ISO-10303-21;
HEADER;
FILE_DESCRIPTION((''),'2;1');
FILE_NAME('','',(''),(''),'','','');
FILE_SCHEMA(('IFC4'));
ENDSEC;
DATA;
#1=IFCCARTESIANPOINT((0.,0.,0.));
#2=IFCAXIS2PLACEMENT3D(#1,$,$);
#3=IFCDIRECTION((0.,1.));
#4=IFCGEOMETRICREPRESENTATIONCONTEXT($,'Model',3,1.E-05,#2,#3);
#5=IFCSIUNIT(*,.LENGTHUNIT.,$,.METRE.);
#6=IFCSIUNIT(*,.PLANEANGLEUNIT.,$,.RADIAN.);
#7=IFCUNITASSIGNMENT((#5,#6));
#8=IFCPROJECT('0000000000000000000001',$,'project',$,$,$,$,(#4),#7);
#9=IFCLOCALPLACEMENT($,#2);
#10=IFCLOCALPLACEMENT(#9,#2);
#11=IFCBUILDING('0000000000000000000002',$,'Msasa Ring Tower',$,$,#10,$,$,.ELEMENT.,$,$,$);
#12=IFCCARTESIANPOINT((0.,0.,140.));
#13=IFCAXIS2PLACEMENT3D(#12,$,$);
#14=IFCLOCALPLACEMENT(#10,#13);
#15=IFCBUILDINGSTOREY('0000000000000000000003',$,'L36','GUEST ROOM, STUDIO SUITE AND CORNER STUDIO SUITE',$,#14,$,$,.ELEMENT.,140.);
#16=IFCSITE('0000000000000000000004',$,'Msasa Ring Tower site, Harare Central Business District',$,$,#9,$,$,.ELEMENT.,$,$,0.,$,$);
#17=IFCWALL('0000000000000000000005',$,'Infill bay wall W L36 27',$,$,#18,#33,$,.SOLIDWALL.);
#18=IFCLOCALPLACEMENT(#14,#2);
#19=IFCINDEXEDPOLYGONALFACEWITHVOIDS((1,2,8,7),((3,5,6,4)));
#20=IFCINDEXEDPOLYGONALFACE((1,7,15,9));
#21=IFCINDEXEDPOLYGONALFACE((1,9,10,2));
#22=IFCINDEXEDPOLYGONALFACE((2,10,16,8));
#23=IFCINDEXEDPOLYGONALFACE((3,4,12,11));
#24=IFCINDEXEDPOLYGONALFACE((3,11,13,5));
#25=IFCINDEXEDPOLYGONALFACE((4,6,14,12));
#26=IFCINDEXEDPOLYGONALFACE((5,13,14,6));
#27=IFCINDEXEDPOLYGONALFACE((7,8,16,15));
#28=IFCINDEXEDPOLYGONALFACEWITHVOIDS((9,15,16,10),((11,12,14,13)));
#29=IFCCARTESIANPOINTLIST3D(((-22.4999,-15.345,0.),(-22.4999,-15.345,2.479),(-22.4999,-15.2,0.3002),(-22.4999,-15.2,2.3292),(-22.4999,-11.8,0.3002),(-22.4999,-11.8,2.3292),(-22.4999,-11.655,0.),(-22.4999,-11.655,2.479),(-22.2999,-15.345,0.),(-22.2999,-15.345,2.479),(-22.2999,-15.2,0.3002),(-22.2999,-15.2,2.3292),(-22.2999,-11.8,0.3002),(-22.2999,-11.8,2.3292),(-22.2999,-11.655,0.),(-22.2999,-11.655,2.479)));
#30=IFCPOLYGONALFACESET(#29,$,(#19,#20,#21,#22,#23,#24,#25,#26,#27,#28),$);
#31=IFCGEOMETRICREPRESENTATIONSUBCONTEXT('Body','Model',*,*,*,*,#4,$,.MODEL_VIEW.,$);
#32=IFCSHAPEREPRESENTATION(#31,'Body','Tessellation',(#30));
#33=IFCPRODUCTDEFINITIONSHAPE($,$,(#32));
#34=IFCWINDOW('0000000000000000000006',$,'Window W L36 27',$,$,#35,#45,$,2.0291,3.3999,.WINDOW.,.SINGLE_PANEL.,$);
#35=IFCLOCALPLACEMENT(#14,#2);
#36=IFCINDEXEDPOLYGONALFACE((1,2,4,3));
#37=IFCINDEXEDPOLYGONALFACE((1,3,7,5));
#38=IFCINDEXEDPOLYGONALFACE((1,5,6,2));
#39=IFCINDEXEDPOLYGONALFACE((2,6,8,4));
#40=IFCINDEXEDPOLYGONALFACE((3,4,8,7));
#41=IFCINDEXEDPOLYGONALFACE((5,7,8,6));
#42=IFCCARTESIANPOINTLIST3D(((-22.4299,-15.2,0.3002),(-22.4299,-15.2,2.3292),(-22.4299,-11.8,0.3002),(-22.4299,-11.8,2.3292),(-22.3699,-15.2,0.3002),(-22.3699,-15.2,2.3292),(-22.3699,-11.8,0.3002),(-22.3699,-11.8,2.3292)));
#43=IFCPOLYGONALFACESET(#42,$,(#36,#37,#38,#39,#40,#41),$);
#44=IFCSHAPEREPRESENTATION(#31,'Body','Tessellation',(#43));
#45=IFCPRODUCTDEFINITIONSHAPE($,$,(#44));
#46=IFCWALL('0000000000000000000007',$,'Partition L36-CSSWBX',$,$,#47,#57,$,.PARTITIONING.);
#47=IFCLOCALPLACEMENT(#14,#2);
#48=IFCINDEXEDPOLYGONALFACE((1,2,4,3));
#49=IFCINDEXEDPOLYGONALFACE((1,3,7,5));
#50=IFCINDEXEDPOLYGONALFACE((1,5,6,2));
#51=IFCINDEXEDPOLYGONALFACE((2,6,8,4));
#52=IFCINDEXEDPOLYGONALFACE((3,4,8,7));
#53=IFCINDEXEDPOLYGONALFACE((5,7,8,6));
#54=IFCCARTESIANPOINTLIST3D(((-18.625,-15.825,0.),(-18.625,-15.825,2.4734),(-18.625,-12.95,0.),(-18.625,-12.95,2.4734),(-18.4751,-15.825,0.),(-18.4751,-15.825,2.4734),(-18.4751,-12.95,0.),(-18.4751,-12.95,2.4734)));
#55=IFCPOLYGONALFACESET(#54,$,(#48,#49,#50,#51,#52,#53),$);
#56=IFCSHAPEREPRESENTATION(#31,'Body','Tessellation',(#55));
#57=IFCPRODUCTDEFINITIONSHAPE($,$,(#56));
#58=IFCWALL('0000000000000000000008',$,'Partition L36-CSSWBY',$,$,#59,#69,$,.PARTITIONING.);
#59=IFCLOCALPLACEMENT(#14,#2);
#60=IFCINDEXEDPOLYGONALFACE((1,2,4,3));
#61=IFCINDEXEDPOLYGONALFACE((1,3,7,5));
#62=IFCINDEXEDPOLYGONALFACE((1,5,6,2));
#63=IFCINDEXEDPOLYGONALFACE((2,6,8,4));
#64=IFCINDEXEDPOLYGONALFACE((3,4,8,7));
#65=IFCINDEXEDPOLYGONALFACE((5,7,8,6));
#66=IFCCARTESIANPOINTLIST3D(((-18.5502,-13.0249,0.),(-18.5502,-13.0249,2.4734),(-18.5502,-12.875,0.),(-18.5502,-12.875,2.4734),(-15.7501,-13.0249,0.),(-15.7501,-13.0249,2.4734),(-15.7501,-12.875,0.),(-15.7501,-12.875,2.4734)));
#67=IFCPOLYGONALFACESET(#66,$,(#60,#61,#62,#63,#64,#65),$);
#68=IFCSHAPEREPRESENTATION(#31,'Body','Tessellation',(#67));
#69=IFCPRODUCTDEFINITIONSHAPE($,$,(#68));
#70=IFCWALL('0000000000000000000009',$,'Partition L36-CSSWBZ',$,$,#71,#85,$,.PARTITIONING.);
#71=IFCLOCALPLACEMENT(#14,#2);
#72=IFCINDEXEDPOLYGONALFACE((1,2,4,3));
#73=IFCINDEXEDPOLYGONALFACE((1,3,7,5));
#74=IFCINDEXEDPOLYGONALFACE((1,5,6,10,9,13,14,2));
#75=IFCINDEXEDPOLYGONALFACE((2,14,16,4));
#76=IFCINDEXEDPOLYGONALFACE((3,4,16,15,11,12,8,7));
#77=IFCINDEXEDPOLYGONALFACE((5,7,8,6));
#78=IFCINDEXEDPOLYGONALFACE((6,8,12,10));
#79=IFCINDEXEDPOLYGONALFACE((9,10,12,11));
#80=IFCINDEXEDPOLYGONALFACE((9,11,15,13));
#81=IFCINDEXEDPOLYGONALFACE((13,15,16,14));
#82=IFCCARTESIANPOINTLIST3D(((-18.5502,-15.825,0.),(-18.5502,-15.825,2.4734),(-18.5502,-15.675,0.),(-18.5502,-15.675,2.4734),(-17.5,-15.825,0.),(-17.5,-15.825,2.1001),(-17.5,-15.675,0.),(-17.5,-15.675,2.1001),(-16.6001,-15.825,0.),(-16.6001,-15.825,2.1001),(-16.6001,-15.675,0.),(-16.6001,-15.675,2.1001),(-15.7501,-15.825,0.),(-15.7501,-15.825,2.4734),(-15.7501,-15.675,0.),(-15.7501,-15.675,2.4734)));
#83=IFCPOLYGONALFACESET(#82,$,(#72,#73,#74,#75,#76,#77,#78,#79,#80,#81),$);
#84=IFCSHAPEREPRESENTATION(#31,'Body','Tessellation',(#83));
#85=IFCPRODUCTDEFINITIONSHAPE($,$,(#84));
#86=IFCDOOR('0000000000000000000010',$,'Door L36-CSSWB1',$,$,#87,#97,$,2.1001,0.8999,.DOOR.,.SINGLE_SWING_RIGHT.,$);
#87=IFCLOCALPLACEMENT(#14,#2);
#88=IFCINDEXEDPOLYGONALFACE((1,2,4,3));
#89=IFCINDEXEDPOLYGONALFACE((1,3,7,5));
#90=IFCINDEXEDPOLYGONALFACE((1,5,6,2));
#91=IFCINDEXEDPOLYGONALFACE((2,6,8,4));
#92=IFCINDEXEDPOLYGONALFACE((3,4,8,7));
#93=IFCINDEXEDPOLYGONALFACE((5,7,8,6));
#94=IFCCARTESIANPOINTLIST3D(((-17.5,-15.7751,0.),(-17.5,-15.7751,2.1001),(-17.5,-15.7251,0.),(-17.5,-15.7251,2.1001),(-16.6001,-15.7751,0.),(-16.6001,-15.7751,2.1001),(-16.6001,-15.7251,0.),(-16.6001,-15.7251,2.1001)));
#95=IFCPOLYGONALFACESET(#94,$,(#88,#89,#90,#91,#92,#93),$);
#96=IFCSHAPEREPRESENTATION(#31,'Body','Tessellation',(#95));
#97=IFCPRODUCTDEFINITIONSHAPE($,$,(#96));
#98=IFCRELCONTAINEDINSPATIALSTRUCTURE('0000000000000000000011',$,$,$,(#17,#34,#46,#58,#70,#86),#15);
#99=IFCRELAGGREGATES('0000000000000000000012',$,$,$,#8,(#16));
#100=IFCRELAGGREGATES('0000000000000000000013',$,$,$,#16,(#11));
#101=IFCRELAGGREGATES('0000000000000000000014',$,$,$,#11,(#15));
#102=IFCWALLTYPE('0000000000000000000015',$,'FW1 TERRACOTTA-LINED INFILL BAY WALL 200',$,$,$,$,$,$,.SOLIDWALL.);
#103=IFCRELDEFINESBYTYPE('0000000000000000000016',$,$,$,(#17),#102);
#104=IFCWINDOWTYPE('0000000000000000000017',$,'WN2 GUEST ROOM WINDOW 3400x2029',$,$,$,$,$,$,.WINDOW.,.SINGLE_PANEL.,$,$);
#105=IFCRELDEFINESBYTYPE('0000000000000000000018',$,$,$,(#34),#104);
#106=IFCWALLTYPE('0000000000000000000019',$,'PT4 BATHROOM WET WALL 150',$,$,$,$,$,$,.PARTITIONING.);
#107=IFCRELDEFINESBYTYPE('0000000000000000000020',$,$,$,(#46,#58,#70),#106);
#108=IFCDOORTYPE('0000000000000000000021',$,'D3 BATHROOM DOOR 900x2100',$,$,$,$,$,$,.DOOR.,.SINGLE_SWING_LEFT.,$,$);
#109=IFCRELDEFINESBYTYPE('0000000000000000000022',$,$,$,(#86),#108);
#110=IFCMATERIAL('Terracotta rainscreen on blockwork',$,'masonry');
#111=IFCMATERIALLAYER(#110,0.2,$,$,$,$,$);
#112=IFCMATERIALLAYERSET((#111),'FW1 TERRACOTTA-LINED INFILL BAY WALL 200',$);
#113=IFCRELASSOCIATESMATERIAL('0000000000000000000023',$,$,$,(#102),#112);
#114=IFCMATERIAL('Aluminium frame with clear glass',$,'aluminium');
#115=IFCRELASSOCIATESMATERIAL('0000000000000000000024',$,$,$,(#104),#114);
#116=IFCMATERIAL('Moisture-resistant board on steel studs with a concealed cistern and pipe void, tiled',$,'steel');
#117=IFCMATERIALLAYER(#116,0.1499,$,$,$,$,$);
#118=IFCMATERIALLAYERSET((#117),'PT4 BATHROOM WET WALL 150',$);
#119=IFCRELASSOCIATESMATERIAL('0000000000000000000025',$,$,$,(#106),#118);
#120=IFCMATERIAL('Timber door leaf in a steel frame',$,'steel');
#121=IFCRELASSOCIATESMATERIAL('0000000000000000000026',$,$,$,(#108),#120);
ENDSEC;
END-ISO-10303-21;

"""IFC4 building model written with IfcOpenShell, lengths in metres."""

from ifc_helpers import new_model, si_unit, direction, frame, frame_2d, origin, place, context, subcontext, project, spatial, rectangle, extrude, material, layer, layer_set, type_object, element, fill, save


model = new_model("IFC4")

# Units and contexts
model_context = context("Model", 3, precision=1e-05, world=origin(), true_north=direction((0.0, 1.0)))
body_context = subcontext(model_context, "Body", "Model", "MODEL_VIEW")
ifc_project = project(units=[si_unit("LENGTHUNIT", "METRE"), si_unit("PLANEANGLEUNIT", "RADIAN")], contexts=[model_context])

# Site, building, storey
site_placement = place(None, origin())
site = spatial("IfcSite", under=ifc_project, at=site_placement, Name="Msasa Ring Tower site, Harare Central Business District", CompositionType="ELEMENT", RefElevation=0.0)
building_placement = place(site_placement, origin())
building = spatial("IfcBuilding", under=site, at=building_placement, Name="Msasa Ring Tower", CompositionType="ELEMENT")
storey_placement = place(building_placement, frame((0.0, 0.0, 140.0)))
storey = spatial("IfcBuildingStorey", under=building, at=storey_placement, Name="L36", Description="GUEST ROOM, STUDIO SUITE AND CORNER STUDIO SUITE", CompositionType="ELEMENT", Elevation=140.0)

# Wall, opening, window
ifc_material_1 = material(Name="Terracotta rainscreen on blockwork", Category="masonry")
ifc_layer_1 = layer(ifc_material_1, 0.2)
ifc_layer_set_1 = layer_set([ifc_layer_1], Name="FW1 TERRACOTTA-LINED INFILL BAY WALL 200")
wall_type_1 = type_object("IfcWallType", Name="FW1 TERRACOTTA-LINED INFILL BAY WALL 200", PredefinedType="SOLIDWALL", material=ifc_layer_set_1)
wall_1_placement = place(storey_placement, frame((-22.3999, -15.345, 0.0), z_axis=(0.0, 0.0, 1.0), x_axis=(0.0, 1.0, 0.0)))
wall_1 = element("IfcWall", 1, at=wall_1_placement, inside=storey, type_object=wall_type_1, Name="Infill bay wall W L36 27", PredefinedType="SOLIDWALL", context=body_context, shape_type="SweptSolid", body=[
    extrude(rectangle(XDim=3.6899, YDim=0.2, at=frame_2d((1.845, 0.0))), origin(), (0.0, 0.0, 1.0), 2.479),
])
opening_1_placement = place(wall_1_placement, frame((0.145, 0.0, 0.3)))
opening_1 = element("IfcOpeningElement", 2, at=opening_1_placement, cuts=wall_1, PredefinedType="OPENING", context=body_context, shape_type="SweptSolid", body=[
    extrude(rectangle(XDim=3.3999, YDim=2.0291, at=frame_2d((1.7, 1.0146))), frame((0.0, 0.1099, 0.0), z_axis=(0.0, -1.0, 0.0), x_axis=(1.0, 0.0, 0.0)), (0.0, 0.0, 1.0), 0.22),
])
ifc_material_2 = material(Name="Aluminium frame with clear glass", Category="aluminium")
window_type = type_object("IfcWindowType", Name="WN2 GUEST ROOM WINDOW 3400x2029", PartitioningType="SINGLE_PANEL", PredefinedType="WINDOW", material=ifc_material_2)
window_placement = place(opening_1_placement, origin())
window = element("IfcWindow", 3, at=window_placement, inside=storey, type_object=window_type, Name="Window W L36 27", OverallHeight=2.0291, OverallWidth=3.3999, PartitioningType="SINGLE_PANEL", PredefinedType="WINDOW", context=body_context, shape_type="SweptSolid", body=[
    extrude(rectangle(XDim=3.3999, YDim=2.0291, at=frame_2d((1.7, 1.0146))), frame((0.0, 0.03, 0.0), z_axis=(0.0, -1.0, 0.0), x_axis=(1.0, 0.0, 0.0)), (0.0, 0.0, 1.0), 0.0601),
])
fill(opening_1, window)

# Walls
ifc_material_3 = material(Name="Moisture-resistant board on steel studs with a concealed cistern and pipe void, tiled", Category="steel")
ifc_layer_2 = layer(ifc_material_3, 0.1499)
ifc_layer_set_2 = layer_set([ifc_layer_2], Name="PT4 BATHROOM WET WALL 150")
wall_type_2 = type_object("IfcWallType", Name="PT4 BATHROOM WET WALL 150", PredefinedType="PARTITIONING", material=ifc_layer_set_2)
wall_2_placement = place(storey_placement, frame((-18.55, -15.825, 0.0), z_axis=(0.0, 0.0, 1.0), x_axis=(0.0, 1.0, 0.0)))
element("IfcWall", 4, at=wall_2_placement, inside=storey, type_object=wall_type_2, Name="Partition L36-CSSWBX", PredefinedType="PARTITIONING", context=body_context, shape_type="SweptSolid", body=[
    extrude(rectangle(XDim=2.875, YDim=0.1499, at=frame_2d((1.4375, 0.0))), origin(), (0.0, 0.0, 1.0), 2.4734),
])
wall_3_placement = place(storey_placement, frame((-18.55, -12.95, 0.0), z_axis=(0.0, 0.0, 1.0), x_axis=(1.0, 0.0, 0.0)))
element("IfcWall", 5, at=wall_3_placement, inside=storey, type_object=wall_type_2, Name="Partition L36-CSSWBY", PredefinedType="PARTITIONING", context=body_context, shape_type="SweptSolid", body=[
    extrude(rectangle(XDim=2.8, YDim=0.1499, at=frame_2d((1.3999, 0.0))), origin(), (0.0, 0.0, 1.0), 2.4734),
])

# Wall, opening, door
wall_4_placement = place(storey_placement, frame((-18.55, -15.75, 0.0), z_axis=(0.0, 0.0, 1.0), x_axis=(1.0, 0.0, 0.0)))
wall_4 = element("IfcWall", 6, at=wall_4_placement, inside=storey, type_object=wall_type_2, Name="Partition L36-CSSWBZ", PredefinedType="PARTITIONING", context=body_context, shape_type="SweptSolid", body=[
    extrude(rectangle(XDim=2.8, YDim=0.1499, at=frame_2d((1.3999, 0.0))), origin(), (0.0, 0.0, 1.0), 2.4734),
])
opening_2_placement = place(wall_4_placement, frame((1.05, 0.0, 0.0)))
opening_2 = element("IfcOpeningElement", 7, at=opening_2_placement, cuts=wall_4, PredefinedType="OPENING", context=body_context, shape_type="SweptSolid", body=[
    extrude(rectangle(XDim=0.8999, YDim=2.1001, at=frame_2d((0.45, 1.05))), frame((0.0, 0.085, 0.0), z_axis=(0.0, -1.0, 0.0), x_axis=(1.0, 0.0, 0.0)), (0.0, 0.0, 1.0), 0.1699),
])
ifc_material_4 = material(Name="Timber door leaf in a steel frame", Category="steel")
door_type = type_object("IfcDoorType", Name="D3 BATHROOM DOOR 900x2100", OperationType="SINGLE_SWING_LEFT", PredefinedType="DOOR", material=ifc_material_4)
door_placement = place(opening_2_placement, origin())
door = element("IfcDoor", 8, at=door_placement, inside=storey, type_object=door_type, Name="Door L36-CSSWB1", OperationType="SINGLE_SWING_RIGHT", OverallHeight=2.1001, OverallWidth=0.8999, PredefinedType="DOOR", context=body_context, shape_type="SweptSolid", body=[
    extrude(rectangle(XDim=0.8999, YDim=2.1001, at=frame_2d((0.45, 1.05))), frame((0.0, 0.0249, 0.0), z_axis=(0.0, -1.0, 0.0), x_axis=(1.0, 0.0, 0.0)), (0.0, 0.0, 1.0), 0.05),
])
fill(opening_2, door)

save(model, "model.ifc")
